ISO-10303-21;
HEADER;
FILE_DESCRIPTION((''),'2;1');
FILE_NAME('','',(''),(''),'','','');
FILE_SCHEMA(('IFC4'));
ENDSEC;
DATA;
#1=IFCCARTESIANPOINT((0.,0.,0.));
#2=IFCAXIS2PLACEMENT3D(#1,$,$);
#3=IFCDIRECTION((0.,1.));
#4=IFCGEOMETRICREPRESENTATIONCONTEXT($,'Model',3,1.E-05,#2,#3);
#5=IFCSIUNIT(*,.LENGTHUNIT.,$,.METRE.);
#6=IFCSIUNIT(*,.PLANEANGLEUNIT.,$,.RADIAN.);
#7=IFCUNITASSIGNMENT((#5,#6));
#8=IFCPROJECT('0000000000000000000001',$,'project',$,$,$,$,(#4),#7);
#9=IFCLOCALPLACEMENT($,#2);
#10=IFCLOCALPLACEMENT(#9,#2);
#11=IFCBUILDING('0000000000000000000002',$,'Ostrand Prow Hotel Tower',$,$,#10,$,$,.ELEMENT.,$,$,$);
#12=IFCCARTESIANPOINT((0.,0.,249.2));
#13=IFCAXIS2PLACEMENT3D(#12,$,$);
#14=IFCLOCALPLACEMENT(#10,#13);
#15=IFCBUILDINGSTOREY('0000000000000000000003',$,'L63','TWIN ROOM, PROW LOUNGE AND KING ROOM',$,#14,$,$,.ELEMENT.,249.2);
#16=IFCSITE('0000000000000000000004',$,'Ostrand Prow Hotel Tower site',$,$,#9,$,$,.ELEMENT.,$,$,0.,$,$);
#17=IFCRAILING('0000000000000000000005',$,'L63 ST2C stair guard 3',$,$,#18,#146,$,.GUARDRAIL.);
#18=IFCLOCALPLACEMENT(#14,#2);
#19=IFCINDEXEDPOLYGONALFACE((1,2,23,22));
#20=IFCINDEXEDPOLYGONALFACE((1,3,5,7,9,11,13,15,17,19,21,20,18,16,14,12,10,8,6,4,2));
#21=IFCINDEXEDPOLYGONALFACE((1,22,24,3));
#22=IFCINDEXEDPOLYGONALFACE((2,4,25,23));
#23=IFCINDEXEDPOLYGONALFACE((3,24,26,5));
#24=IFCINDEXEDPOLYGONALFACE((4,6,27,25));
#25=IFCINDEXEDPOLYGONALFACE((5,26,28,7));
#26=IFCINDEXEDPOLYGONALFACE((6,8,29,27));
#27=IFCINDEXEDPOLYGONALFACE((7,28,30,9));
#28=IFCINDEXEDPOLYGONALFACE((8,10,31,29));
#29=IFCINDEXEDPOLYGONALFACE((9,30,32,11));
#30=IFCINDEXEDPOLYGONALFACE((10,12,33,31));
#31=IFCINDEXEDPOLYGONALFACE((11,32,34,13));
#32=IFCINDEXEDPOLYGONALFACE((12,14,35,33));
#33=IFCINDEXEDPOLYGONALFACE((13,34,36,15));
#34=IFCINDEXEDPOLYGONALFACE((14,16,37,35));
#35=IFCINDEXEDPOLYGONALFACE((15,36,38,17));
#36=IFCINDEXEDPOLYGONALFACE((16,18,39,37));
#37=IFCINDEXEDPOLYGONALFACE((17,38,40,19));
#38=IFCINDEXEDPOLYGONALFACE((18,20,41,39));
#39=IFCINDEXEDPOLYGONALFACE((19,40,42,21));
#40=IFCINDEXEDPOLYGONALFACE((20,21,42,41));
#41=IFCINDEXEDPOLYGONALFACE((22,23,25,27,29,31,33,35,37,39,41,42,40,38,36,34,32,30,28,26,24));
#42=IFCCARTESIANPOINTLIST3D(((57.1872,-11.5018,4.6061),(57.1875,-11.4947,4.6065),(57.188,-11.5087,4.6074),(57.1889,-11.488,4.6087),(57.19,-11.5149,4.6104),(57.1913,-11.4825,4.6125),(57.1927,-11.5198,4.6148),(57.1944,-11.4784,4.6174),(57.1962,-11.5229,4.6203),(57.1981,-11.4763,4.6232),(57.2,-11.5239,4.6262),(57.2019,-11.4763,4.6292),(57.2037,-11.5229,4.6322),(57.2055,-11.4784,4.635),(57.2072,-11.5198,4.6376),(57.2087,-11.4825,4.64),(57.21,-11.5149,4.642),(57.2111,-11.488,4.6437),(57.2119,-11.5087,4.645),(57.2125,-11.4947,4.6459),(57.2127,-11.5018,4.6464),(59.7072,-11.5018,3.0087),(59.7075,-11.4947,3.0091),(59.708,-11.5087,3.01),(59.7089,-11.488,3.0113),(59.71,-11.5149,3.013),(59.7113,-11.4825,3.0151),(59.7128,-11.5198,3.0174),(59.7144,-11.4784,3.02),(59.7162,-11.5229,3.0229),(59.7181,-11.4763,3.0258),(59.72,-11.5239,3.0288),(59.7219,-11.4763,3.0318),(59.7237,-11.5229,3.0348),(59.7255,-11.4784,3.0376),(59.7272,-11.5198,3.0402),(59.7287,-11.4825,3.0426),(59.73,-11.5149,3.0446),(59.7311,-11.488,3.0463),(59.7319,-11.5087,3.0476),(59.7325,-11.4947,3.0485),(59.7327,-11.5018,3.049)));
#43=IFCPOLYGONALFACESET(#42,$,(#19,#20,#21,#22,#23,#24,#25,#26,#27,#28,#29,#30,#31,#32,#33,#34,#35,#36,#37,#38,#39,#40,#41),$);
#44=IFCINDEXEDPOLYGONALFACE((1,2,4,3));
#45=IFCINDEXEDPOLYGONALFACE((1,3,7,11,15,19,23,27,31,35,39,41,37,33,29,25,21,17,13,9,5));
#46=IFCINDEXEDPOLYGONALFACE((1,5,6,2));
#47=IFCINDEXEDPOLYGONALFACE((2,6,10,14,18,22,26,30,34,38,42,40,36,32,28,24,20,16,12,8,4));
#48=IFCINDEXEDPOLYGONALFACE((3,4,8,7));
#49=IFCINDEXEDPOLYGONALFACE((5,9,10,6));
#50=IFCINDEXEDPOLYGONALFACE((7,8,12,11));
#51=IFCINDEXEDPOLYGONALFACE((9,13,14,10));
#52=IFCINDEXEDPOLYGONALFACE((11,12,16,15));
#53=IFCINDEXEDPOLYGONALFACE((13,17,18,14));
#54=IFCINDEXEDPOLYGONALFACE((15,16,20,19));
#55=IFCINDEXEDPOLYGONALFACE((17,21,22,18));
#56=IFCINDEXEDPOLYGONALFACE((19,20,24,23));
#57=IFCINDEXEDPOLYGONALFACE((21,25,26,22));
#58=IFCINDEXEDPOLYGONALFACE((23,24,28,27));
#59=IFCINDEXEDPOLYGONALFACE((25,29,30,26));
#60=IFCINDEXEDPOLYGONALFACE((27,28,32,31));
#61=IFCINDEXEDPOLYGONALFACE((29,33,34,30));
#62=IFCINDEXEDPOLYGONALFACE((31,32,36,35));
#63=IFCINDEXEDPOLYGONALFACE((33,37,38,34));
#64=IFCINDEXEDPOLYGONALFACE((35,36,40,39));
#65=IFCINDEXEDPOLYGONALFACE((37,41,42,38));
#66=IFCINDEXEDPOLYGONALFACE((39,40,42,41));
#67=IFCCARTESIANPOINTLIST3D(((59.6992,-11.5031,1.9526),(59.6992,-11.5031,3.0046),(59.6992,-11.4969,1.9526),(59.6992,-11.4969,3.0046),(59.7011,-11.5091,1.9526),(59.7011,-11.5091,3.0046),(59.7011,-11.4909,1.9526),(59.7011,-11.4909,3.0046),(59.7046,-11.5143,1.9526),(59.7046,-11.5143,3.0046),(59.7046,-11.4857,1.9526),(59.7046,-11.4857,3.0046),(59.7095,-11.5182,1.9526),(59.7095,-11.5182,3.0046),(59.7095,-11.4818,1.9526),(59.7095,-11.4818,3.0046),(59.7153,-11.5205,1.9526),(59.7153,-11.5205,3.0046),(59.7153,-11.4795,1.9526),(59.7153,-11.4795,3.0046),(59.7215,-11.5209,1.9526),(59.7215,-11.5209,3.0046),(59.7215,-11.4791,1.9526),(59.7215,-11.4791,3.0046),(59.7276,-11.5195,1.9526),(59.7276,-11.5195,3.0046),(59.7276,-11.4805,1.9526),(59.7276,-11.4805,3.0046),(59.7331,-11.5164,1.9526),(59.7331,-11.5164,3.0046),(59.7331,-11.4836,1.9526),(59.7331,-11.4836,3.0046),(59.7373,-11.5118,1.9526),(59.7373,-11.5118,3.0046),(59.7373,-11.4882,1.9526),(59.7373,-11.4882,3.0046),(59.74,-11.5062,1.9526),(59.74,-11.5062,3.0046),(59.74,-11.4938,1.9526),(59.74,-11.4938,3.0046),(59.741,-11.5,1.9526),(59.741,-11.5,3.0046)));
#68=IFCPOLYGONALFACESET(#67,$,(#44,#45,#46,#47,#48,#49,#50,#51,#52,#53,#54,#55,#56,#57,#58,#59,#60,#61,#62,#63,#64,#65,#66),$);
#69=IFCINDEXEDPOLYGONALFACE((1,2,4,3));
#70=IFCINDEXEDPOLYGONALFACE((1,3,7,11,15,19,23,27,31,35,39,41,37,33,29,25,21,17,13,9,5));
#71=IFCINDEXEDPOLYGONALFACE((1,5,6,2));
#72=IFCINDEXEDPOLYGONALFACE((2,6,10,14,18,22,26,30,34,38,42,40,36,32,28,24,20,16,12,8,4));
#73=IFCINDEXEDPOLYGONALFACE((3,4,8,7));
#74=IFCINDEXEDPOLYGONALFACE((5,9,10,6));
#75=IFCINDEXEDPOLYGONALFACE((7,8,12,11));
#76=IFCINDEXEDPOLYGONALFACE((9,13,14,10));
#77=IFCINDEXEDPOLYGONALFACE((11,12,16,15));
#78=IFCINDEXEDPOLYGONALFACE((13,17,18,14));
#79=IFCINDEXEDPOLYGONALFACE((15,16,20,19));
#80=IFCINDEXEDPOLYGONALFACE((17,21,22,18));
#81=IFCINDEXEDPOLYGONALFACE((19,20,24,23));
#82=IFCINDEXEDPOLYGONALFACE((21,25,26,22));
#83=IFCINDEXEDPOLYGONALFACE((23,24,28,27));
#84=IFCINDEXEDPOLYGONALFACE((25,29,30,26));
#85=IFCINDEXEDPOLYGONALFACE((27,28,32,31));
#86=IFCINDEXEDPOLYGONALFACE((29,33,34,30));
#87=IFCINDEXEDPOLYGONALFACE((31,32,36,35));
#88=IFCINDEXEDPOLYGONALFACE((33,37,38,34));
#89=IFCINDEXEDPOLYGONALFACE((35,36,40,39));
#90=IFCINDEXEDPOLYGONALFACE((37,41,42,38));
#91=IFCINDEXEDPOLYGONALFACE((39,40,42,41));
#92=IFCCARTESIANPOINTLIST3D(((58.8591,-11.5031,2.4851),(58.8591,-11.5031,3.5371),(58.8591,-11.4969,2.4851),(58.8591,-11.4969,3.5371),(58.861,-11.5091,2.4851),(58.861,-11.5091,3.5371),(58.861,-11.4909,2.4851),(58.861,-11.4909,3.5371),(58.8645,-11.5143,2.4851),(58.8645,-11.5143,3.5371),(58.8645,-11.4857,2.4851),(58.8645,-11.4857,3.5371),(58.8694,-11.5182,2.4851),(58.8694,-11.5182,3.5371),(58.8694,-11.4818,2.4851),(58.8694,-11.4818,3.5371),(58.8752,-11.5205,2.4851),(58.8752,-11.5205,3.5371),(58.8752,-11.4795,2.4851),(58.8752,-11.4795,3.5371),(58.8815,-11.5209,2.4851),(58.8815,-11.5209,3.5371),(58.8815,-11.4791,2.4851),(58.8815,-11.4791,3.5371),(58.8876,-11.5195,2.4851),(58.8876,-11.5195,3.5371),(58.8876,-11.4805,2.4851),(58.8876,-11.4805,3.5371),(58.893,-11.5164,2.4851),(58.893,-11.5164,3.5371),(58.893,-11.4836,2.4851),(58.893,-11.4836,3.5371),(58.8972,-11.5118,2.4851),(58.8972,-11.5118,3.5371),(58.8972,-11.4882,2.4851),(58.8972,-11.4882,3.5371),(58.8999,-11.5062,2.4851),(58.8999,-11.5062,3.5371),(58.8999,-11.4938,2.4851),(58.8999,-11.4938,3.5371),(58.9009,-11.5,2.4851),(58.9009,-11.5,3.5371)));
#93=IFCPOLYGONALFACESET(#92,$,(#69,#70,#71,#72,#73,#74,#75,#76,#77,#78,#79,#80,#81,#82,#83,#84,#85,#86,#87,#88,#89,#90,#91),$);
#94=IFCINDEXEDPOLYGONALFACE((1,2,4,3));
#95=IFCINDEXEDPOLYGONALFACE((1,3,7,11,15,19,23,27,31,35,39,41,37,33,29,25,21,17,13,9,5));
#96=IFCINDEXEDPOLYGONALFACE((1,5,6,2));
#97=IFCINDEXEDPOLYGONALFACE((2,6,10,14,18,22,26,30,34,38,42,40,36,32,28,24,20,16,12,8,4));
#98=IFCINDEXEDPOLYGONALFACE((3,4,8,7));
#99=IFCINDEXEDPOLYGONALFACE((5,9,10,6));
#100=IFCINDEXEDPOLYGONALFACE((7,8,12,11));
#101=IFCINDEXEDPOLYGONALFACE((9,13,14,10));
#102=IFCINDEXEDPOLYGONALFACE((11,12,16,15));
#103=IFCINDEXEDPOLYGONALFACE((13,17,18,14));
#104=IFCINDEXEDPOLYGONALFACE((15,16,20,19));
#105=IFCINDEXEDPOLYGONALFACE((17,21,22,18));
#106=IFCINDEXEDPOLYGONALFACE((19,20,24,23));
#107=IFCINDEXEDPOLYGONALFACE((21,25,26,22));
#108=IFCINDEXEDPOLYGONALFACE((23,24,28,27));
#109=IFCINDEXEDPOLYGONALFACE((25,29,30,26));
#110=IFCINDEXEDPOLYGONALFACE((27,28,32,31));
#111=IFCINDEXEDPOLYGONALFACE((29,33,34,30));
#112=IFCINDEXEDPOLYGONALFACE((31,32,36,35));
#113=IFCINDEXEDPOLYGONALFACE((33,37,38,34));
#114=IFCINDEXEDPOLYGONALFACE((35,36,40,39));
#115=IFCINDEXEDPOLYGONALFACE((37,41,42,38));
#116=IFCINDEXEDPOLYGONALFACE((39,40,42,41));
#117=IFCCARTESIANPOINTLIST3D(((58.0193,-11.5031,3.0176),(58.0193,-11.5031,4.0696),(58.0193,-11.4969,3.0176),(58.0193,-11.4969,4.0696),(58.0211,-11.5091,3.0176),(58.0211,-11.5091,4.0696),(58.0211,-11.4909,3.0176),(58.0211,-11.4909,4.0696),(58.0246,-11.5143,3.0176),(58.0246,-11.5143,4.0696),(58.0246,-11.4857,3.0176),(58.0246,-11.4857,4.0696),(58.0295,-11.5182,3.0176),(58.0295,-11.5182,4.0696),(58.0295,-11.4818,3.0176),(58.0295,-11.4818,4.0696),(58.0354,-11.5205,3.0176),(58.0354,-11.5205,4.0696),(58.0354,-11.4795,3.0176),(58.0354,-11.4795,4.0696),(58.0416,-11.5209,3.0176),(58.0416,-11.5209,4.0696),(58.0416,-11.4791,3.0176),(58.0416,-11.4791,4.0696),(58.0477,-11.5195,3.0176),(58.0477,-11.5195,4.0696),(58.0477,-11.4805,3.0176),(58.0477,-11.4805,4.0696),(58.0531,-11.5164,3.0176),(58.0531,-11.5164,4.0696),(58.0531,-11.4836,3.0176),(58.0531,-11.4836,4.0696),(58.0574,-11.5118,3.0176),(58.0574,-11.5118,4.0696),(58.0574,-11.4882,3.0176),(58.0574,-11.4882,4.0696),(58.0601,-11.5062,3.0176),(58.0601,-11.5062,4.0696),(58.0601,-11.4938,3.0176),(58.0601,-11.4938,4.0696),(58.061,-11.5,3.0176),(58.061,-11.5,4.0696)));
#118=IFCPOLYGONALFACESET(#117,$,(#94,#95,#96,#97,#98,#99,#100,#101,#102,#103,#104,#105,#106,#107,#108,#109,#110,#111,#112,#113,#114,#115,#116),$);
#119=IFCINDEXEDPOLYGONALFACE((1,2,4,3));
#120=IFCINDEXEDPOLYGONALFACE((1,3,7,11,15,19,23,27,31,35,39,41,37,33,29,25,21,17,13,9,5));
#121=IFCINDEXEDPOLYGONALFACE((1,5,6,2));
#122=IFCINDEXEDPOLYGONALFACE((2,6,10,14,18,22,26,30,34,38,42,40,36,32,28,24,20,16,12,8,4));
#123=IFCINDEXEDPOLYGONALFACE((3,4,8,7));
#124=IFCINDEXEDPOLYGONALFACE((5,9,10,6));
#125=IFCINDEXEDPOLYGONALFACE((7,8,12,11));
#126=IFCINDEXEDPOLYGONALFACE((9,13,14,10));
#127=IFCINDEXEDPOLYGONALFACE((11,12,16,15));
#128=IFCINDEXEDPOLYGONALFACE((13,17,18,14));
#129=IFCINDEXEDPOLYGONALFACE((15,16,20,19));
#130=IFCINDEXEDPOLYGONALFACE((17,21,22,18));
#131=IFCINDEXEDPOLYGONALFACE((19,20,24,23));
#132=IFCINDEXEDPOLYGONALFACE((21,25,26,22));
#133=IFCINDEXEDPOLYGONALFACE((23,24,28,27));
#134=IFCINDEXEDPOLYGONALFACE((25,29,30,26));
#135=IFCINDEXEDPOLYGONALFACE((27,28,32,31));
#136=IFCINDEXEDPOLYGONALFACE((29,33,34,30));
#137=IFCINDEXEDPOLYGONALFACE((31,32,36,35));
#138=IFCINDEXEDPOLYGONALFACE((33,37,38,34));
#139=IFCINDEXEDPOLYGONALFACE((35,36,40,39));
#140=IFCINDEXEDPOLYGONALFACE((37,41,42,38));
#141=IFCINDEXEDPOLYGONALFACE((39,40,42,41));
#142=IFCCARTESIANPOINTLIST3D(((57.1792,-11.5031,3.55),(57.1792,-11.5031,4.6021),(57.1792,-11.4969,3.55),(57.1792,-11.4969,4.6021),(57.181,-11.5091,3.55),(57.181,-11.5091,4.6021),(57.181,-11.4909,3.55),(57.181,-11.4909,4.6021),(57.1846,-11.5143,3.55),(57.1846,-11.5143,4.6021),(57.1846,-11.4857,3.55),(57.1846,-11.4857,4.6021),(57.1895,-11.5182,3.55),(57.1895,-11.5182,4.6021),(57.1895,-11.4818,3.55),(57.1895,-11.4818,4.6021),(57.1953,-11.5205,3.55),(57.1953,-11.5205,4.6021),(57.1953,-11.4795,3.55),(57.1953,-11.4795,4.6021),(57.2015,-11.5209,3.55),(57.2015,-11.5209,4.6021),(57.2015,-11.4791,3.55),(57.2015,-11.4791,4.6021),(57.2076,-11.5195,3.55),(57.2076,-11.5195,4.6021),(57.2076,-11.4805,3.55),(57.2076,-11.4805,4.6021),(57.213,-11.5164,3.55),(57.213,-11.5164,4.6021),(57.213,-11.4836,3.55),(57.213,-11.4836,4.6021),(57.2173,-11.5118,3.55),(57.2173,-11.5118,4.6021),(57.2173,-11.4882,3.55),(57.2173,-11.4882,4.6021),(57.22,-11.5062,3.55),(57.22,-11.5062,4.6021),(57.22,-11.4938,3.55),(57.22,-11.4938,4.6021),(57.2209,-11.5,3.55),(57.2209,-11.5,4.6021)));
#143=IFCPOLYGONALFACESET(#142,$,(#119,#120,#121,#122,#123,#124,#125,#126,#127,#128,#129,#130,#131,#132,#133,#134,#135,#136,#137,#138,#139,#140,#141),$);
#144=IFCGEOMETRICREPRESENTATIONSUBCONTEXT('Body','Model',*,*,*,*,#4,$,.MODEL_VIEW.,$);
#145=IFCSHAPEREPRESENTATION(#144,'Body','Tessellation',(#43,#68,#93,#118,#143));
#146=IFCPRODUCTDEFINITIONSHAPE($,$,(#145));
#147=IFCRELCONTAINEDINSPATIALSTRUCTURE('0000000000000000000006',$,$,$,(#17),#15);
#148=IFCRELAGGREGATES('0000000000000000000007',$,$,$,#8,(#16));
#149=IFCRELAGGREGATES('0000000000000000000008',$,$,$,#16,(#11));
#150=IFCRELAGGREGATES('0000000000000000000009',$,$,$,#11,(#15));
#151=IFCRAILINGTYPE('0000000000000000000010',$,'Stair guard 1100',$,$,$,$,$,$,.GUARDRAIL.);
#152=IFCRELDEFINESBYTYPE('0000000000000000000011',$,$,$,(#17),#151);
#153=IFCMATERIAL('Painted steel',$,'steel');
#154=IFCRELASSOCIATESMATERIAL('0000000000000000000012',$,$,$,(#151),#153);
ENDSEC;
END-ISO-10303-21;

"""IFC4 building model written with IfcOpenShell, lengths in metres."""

from ifc_helpers import new_model, si_unit, direction, frame, origin, origin_2d, place, context, subcontext, project, spatial, circle, extrude, material, type_object, element, save


model = new_model("IFC4")

# Units and contexts
model_context = context("Model", 3, precision=1e-05, world=origin(), true_north=direction((0.0, 1.0)))
body_context = subcontext(model_context, "Body", "Model", "MODEL_VIEW")
ifc_project = project(units=[si_unit("LENGTHUNIT", "METRE"), si_unit("PLANEANGLEUNIT", "RADIAN")], contexts=[model_context])

# Site, building, storey
site_placement = place(None, origin())
site = spatial("IfcSite", under=ifc_project, at=site_placement, Name="Ostrand Prow Hotel Tower site", CompositionType="ELEMENT", RefElevation=0.0)
building_placement = place(site_placement, origin())
building = spatial("IfcBuilding", under=site, at=building_placement, Name="Ostrand Prow Hotel Tower", CompositionType="ELEMENT")
storey_placement = place(building_placement, frame((0.0, 0.0, 249.2)))
storey = spatial("IfcBuildingStorey", under=building, at=storey_placement, Name="L63", Description="TWIN ROOM, PROW LOUNGE AND KING ROOM", CompositionType="ELEMENT", Elevation=249.2)

# Railing
ifc_material_1 = material(Name="Painted steel", Category="steel")
railing_type_1 = type_object("IfcRailingType", Name="Stair guard 1100", PredefinedType="GUARDRAIL", material=ifc_material_1)
railing_1_placement = place(storey_placement, frame((59.72, -11.5, 1.9526)))
element("IfcRailing", 1, at=railing_1_placement, inside=storey, type_object=railing_type_1, Name="L63 ST2C stair guard 3", PredefinedType="GUARDRAIL", context=body_context, shape_type="SweptSolid", body=[
    extrude(circle(Radius=0.0239, at=origin_2d()), frame((0.0, 0.0, 1.0762), z_axis=(-0.844607, 0.0, 0.535387), x_axis=(0.0, -1.0, 0.0)), (0.0, 0.0, 1.0), 2.9836),
    extrude(circle(Radius=0.021, at=origin_2d()), origin(), (0.0, 0.0, 1.0), 1.052),
    extrude(circle(Radius=0.021, at=origin_2d()), frame((-0.8401, 0.0, 0.5325)), (0.0, 0.0, 1.0), 1.052),
    extrude(circle(Radius=0.021, at=origin_2d()), frame((-1.6799, 0.0, 1.0649)), (0.0, 0.0, 1.0), 1.052),
    extrude(circle(Radius=0.021, at=origin_2d()), frame((-2.52, 0.0, 1.5974)), (0.0, 0.0, 1.0), 1.052),
])

save(model, "model.ifc")
